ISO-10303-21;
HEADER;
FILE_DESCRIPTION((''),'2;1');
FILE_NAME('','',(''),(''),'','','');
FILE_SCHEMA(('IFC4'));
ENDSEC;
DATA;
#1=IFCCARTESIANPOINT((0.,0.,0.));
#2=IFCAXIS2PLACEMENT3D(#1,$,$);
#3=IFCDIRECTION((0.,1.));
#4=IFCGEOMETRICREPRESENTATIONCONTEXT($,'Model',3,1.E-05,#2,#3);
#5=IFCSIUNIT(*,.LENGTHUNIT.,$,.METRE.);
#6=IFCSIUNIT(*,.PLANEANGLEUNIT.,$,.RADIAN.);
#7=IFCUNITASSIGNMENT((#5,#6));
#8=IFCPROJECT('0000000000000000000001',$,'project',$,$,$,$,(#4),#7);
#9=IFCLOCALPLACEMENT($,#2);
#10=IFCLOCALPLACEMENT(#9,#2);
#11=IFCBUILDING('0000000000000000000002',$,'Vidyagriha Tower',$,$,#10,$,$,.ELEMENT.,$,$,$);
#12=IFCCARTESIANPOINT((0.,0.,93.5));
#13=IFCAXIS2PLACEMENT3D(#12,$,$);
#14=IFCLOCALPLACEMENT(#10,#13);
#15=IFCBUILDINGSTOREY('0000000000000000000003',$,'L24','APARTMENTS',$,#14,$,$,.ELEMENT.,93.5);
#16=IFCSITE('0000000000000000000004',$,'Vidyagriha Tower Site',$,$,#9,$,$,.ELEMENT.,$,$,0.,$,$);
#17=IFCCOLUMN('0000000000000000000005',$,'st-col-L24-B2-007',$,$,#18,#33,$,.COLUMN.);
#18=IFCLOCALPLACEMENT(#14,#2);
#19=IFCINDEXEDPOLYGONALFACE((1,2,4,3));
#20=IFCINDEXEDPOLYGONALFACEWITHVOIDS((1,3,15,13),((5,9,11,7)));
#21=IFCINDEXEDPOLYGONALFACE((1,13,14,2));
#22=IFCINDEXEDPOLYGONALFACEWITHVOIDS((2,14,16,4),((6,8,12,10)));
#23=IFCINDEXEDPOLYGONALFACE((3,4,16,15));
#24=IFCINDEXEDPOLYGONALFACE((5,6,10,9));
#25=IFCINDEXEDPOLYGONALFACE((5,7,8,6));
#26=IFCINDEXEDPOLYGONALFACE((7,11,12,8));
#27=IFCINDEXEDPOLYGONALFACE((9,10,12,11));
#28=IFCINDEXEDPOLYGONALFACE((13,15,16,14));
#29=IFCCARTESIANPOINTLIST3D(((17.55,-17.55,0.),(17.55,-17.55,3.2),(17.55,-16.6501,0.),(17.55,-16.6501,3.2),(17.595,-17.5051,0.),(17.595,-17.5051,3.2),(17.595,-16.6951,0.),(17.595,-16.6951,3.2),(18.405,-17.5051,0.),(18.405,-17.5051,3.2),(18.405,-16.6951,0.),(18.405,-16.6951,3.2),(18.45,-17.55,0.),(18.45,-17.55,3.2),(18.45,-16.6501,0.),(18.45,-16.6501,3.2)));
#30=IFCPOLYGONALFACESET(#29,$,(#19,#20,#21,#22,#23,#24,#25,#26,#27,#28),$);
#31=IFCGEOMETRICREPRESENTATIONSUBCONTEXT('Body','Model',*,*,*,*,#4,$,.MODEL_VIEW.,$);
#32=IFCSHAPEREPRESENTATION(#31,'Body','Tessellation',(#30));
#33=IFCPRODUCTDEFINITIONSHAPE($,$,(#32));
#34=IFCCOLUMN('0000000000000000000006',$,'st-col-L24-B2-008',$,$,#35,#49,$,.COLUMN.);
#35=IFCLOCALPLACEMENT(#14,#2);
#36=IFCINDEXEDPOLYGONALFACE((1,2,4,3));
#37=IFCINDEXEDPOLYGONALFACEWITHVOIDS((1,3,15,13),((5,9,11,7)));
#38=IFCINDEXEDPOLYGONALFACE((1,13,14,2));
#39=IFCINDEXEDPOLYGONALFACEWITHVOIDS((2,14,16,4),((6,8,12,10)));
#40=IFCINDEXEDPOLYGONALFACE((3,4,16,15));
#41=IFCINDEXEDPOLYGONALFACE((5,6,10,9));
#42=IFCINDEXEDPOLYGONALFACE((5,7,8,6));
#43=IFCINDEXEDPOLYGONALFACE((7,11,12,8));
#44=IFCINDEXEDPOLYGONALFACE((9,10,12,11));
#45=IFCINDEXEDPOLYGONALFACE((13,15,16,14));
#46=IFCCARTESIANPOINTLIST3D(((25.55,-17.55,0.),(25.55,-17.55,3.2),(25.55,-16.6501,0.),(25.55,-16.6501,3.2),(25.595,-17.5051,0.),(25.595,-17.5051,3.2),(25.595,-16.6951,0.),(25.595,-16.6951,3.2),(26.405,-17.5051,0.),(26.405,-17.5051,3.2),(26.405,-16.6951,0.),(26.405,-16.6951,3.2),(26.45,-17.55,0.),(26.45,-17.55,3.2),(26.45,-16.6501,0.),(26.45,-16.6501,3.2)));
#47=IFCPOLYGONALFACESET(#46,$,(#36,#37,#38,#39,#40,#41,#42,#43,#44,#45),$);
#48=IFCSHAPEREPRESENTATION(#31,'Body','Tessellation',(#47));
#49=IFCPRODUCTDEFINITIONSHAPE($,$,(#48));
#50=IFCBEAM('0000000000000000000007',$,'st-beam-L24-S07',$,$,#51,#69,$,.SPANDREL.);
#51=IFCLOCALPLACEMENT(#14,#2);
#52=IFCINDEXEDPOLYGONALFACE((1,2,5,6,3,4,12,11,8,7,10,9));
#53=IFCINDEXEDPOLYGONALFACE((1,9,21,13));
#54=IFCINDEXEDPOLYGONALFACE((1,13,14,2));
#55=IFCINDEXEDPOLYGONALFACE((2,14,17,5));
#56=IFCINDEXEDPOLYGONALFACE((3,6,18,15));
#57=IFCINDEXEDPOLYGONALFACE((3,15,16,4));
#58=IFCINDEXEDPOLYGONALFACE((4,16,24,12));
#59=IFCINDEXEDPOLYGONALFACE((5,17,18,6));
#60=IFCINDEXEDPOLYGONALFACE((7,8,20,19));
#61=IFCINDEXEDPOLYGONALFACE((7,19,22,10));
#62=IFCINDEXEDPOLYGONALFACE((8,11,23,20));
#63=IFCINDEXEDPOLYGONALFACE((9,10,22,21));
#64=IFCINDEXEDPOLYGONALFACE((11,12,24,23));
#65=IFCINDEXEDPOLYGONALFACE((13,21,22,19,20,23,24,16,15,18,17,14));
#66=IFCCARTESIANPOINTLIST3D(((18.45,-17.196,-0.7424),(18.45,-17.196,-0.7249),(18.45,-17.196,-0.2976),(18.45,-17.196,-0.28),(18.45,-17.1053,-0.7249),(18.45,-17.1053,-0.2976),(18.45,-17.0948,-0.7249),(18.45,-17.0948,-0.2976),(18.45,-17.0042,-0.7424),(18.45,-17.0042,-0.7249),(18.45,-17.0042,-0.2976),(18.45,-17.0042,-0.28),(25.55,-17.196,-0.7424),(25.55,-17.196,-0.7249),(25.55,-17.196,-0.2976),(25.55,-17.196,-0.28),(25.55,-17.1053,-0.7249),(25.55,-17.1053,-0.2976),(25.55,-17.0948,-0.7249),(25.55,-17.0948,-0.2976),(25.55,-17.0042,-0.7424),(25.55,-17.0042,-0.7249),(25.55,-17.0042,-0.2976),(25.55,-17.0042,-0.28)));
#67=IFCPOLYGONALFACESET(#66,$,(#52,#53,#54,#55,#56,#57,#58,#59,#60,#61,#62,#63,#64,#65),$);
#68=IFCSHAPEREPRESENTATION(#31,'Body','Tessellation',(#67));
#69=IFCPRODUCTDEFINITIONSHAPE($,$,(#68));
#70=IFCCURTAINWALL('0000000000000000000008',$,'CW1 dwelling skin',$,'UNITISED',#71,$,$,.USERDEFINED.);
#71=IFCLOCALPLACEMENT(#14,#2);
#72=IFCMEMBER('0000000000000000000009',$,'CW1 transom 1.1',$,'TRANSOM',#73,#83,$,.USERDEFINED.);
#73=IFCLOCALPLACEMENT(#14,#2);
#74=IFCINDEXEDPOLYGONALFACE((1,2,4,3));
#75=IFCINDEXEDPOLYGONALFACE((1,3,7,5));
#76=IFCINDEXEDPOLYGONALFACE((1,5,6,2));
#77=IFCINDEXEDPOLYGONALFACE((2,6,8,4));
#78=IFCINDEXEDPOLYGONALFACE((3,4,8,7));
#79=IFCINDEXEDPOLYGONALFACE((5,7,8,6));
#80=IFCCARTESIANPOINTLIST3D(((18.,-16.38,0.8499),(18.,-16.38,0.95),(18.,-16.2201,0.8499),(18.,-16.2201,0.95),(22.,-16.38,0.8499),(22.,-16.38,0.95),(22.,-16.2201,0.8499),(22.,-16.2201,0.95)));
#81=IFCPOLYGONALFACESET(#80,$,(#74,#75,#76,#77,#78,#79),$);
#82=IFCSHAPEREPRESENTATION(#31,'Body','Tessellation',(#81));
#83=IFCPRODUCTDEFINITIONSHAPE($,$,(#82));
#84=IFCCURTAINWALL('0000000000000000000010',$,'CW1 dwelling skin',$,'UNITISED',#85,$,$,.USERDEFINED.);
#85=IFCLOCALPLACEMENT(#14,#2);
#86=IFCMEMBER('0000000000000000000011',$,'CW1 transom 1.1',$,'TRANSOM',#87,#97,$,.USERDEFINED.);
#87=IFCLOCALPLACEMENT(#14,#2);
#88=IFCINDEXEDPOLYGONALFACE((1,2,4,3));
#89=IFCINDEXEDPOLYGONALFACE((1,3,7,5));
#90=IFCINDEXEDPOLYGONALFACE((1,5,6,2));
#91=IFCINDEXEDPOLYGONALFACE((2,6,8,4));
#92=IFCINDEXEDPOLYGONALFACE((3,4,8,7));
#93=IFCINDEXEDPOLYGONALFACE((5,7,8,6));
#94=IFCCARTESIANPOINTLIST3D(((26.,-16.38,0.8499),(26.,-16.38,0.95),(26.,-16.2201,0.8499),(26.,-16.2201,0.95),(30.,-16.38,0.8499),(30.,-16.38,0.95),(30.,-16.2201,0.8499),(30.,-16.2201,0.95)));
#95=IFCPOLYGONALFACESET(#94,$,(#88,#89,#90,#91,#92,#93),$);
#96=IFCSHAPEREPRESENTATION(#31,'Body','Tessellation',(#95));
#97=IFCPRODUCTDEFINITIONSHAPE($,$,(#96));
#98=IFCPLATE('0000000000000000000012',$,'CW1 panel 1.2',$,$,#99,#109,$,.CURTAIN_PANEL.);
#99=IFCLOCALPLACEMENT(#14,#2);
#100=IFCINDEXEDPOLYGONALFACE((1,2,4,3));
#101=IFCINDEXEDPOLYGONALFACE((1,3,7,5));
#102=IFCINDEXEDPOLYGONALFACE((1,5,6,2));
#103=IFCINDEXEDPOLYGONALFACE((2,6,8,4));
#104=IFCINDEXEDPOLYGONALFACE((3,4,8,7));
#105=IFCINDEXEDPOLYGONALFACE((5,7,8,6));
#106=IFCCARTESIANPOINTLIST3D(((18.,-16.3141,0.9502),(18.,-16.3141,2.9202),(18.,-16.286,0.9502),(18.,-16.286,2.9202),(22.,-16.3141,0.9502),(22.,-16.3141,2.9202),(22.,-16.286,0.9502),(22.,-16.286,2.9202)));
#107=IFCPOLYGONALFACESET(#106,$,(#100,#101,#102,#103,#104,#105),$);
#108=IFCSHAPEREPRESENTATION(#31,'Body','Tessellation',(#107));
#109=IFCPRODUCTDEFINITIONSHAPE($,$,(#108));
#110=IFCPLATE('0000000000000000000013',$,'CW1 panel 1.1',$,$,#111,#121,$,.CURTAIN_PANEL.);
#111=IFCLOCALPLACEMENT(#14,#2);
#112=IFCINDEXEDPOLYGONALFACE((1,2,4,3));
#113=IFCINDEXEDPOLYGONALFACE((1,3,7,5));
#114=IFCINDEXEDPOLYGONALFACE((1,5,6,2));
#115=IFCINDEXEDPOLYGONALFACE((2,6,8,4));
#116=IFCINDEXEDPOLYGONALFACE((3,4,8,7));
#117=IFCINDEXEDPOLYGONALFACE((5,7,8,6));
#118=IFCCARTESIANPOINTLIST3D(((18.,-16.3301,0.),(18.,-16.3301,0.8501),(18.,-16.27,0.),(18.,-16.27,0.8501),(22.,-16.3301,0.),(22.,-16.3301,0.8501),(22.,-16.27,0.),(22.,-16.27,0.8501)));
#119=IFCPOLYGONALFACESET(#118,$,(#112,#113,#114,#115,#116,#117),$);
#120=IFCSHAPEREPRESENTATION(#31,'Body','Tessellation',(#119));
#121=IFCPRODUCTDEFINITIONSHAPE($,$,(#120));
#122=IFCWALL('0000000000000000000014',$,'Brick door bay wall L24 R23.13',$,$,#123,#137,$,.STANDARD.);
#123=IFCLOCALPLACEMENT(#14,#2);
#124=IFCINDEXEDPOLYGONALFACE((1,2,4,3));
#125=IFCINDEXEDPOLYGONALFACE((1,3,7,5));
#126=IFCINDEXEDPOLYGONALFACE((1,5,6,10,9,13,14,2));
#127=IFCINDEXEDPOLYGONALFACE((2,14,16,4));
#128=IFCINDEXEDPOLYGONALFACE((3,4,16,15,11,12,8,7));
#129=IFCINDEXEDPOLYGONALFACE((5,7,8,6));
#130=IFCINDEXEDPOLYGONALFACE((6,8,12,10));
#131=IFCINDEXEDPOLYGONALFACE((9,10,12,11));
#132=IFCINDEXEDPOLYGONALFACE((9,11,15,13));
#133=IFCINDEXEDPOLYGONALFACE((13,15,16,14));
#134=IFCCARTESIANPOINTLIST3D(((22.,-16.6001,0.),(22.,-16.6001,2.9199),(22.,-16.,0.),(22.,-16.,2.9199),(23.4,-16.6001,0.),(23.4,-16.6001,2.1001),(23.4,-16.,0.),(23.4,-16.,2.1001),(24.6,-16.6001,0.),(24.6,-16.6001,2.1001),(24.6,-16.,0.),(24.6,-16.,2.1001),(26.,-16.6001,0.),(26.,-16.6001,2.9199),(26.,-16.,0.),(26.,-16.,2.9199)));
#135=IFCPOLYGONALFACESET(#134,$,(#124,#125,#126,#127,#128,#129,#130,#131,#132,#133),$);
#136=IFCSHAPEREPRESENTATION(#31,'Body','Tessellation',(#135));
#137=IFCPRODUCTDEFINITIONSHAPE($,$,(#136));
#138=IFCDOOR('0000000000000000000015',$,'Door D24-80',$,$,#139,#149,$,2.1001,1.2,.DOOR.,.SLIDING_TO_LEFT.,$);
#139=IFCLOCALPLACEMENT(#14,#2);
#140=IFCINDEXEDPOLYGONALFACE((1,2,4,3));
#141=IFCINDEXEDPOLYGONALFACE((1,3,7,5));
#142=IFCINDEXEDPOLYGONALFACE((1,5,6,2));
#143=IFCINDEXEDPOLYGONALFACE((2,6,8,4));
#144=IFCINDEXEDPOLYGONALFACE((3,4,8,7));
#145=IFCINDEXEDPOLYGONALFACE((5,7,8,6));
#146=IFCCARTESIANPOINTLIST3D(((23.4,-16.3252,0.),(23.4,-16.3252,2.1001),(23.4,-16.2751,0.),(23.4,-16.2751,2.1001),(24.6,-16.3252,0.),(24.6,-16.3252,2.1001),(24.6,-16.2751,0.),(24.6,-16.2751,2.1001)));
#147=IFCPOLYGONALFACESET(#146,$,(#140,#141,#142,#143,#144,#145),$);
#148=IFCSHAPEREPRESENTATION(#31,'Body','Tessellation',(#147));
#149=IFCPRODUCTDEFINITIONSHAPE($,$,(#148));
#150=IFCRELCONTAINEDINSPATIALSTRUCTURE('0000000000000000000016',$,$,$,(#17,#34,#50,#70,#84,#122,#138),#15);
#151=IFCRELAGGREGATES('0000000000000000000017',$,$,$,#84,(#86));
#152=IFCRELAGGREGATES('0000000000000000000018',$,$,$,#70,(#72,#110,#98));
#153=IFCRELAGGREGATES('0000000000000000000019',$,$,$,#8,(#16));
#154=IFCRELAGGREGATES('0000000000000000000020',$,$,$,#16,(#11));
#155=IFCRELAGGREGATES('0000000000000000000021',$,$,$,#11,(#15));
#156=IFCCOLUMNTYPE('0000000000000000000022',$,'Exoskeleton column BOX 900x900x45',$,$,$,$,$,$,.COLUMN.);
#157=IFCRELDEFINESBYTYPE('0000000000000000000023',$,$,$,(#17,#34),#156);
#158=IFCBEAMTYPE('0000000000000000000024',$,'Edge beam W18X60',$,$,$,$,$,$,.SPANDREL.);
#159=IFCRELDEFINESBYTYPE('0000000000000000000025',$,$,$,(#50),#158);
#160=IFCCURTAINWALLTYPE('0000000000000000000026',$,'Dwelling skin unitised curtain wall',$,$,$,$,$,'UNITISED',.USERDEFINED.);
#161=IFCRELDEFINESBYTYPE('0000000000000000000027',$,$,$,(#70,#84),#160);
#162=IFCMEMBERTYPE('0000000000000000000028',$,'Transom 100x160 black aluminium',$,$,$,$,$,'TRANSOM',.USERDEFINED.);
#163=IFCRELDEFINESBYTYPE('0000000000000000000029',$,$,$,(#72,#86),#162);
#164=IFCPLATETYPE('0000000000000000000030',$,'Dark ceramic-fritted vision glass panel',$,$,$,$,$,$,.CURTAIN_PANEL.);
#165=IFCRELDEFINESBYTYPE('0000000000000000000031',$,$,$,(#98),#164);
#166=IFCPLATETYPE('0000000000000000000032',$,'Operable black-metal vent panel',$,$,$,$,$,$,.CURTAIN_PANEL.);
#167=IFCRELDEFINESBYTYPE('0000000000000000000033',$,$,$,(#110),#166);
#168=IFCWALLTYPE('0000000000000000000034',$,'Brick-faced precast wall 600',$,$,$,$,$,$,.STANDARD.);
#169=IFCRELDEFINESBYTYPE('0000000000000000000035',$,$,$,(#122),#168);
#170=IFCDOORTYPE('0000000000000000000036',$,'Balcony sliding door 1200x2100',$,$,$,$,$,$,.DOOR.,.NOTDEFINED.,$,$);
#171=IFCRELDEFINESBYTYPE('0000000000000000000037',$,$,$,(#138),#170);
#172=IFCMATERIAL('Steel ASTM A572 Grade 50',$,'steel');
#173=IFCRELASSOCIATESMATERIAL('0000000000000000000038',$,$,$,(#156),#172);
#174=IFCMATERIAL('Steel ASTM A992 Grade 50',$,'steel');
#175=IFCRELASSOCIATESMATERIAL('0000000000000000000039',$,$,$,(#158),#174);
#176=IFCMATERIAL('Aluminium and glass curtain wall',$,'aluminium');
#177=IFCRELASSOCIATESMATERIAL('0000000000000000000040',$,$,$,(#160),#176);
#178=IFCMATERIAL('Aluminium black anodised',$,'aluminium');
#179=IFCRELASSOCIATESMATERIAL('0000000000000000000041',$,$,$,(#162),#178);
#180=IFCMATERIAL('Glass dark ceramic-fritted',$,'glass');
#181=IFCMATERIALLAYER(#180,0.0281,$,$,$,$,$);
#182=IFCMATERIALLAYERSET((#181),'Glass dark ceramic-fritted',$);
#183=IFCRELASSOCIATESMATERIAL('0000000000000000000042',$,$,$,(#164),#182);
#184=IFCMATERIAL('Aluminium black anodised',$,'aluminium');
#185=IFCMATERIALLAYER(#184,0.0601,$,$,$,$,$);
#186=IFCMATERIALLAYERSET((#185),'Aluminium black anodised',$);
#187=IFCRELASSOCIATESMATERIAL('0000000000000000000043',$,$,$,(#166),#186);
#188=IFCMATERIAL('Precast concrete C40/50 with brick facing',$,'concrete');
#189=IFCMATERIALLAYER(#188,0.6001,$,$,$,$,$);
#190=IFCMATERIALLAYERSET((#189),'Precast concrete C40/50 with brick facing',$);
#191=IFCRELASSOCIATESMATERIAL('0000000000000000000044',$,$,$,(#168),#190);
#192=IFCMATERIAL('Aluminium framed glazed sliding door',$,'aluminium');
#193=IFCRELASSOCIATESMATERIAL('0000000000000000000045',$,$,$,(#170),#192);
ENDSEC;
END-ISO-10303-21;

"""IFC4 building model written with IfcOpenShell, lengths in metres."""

from ifc_helpers import new_model, si_unit, direction, frame, frame_2d, origin, origin_2d, place, context, subcontext, project, spatial, rectangle, hollow_rectangle, i_section, extrude, material, layer, layer_set, material_profile, profile_set, type_object, element, fill, aggregate, save


model = new_model("IFC4")

# Units and contexts
model_context = context("Model", 3, precision=1e-05, world=origin(), true_north=direction((0.0, 1.0)))
body_context = subcontext(model_context, "Body", "Model", "MODEL_VIEW")
ifc_project = project(units=[si_unit("LENGTHUNIT", "METRE"), si_unit("PLANEANGLEUNIT", "RADIAN")], contexts=[model_context])

# Site, building, storey
site_placement = place(None, origin())
site = spatial("IfcSite", under=ifc_project, at=site_placement, Name="Vidyagriha Tower Site", CompositionType="ELEMENT", RefElevation=0.0)
building_placement = place(site_placement, origin())
building = spatial("IfcBuilding", under=site, at=building_placement, Name="Vidyagriha Tower", CompositionType="ELEMENT")
storey_placement = place(building_placement, frame((0.0, 0.0, 93.5)))
storey = spatial("IfcBuildingStorey", under=building, at=storey_placement, Name="L24", Description="APARTMENTS", CompositionType="ELEMENT", Elevation=93.5)

# Columns
ifc_material_1 = material(Name="Steel ASTM A572 Grade 50", Category="steel")
ifc_material_profile_1 = material_profile(ifc_material_1, hollow_rectangle(XDim=0.8999, YDim=0.8999, WallThickness=0.0449, at=origin_2d()), Name="BOX 900x900x45")
ifc_profile_set_1 = profile_set([ifc_material_profile_1], Name="Steel ASTM A572 Grade 50")
column_type = type_object("IfcColumnType", Name="Exoskeleton column BOX 900x900x45", PredefinedType="COLUMN", material=ifc_profile_set_1)
for number, where, name in (
    (1, (18.0, -17.1001, 0.0), "st-col-L24-B2-007"),
    (2, (26.0, -17.1001, 0.0), "st-col-L24-B2-008"),
):
    element("IfcColumn", number, at=place(storey_placement, frame(where)), inside=storey, type_object=column_type, Name=name, PredefinedType="COLUMN", context=body_context, shape_type="SweptSolid", body=[
        extrude(hollow_rectangle(XDim=0.8999, YDim=0.8999, WallThickness=0.0449, at=origin_2d()), origin(), (0.0, 0.0, 1.0), 3.2),
    ])

# Beam
ifc_material_2 = material(Name="Steel ASTM A992 Grade 50", Category="steel")
ifc_material_profile_2 = material_profile(ifc_material_2, i_section(OverallWidth=0.1919, OverallDepth=0.4624, WebThickness=0.0105, FlangeThickness=0.0176, at=origin_2d()), Name="W18X60")
ifc_profile_set_2 = profile_set([ifc_material_profile_2], Name="Steel ASTM A992 Grade 50")
beam_type = type_object("IfcBeamType", Name="Edge beam W18X60", PredefinedType="SPANDREL", material=ifc_profile_set_2)
beam_placement = place(storey_placement, frame((18.45, -17.1001, -0.5112), z_axis=(1.0, 0.0, 0.0), x_axis=(0.0, 1.0, 0.0)))
element("IfcBeam", 3, at=beam_placement, inside=storey, type_object=beam_type, Name="st-beam-L24-S07", PredefinedType="SPANDREL", context=body_context, shape_type="SweptSolid", body=[
    extrude(i_section(OverallWidth=0.1919, OverallDepth=0.4624, WebThickness=0.0105, FlangeThickness=0.0176, at=origin_2d()), origin(), (0.0, 0.0, 1.0), 7.1001),
])

# Curtain walls, members
ifc_material_3 = material(Name="Aluminium and glass curtain wall", Category="aluminium")
curtain_wall_type = type_object("IfcCurtainWallType", Name="Dwelling skin unitised curtain wall", ElementType="UNITISED", PredefinedType="USERDEFINED", material=ifc_material_3)
curtain_wall_1_placement = place(storey_placement, origin())
curtain_wall_1 = element("IfcCurtainWall", 4, at=curtain_wall_1_placement, inside=storey, type_object=curtain_wall_type, Name="CW1 dwelling skin", ObjectType="UNITISED", PredefinedType="USERDEFINED")
ifc_material_4 = material(Name="Aluminium black anodised", Category="aluminium")
ifc_material_profile_3 = material_profile(ifc_material_4, rectangle(XDim=0.1599, YDim=0.1001, at=origin_2d()), Name="Transom 100x160 black aluminium")
ifc_profile_set_3 = profile_set([ifc_material_profile_3], Name="Aluminium black anodised")
member_type = type_object("IfcMemberType", Name="Transom 100x160 black aluminium", ElementType="TRANSOM", PredefinedType="USERDEFINED", material=ifc_profile_set_3)
member_1_placement = place(storey_placement, frame((18.0, -16.3, 0.8999), z_axis=(1.0, 0.0, 0.0), x_axis=(0.0, 1.0, 0.0)))
member_1 = element("IfcMember", 5, at=member_1_placement, type_object=member_type, Name="CW1 transom 1.1", ObjectType="TRANSOM", PredefinedType="USERDEFINED", context=body_context, shape_type="SweptSolid", body=[
    extrude(rectangle(XDim=0.1599, YDim=0.1001, at=origin_2d()), origin(), (0.0, 0.0, 1.0), 4.0),
])
curtain_wall_2_placement = place(storey_placement, origin())
curtain_wall_2 = element("IfcCurtainWall", 6, at=curtain_wall_2_placement, inside=storey, type_object=curtain_wall_type, Name="CW1 dwelling skin", ObjectType="UNITISED", PredefinedType="USERDEFINED")
member_2_placement = place(storey_placement, frame((26.0, -16.3, 0.8999), z_axis=(1.0, 0.0, 0.0), x_axis=(0.0, 1.0, 0.0)))
member_2 = element("IfcMember", 7, at=member_2_placement, type_object=member_type, Name="CW1 transom 1.1", ObjectType="TRANSOM", PredefinedType="USERDEFINED", context=body_context, shape_type="SweptSolid", body=[
    extrude(rectangle(XDim=0.1599, YDim=0.1001, at=origin_2d()), origin(), (0.0, 0.0, 1.0), 4.0),
])
aggregate(curtain_wall_2, [member_2])

# Plates
ifc_material_5 = material(Name="Glass dark ceramic-fritted", Category="glass")
ifc_layer_1 = layer(ifc_material_5, 0.0281)
ifc_layer_set_1 = layer_set([ifc_layer_1], Name="Glass dark ceramic-fritted")
plate_type_1 = type_object("IfcPlateType", Name="Dark ceramic-fritted vision glass panel", PredefinedType="CURTAIN_PANEL", material=ifc_layer_set_1)
plate_1_placement = place(storey_placement, frame((20.0, -16.3, 0.9502)))
plate_1 = element("IfcPlate", 8, at=plate_1_placement, type_object=plate_type_1, Name="CW1 panel 1.2", PredefinedType="CURTAIN_PANEL", context=body_context, shape_type="SweptSolid", body=[
    extrude(rectangle(XDim=4.0, YDim=0.0281, at=origin_2d()), origin(), (0.0, 0.0, 1.0), 1.97),
])
ifc_material_6 = material(Name="Aluminium black anodised", Category="aluminium")
ifc_layer_2 = layer(ifc_material_6, 0.0601)
ifc_layer_set_2 = layer_set([ifc_layer_2], Name="Aluminium black anodised")
plate_type_2 = type_object("IfcPlateType", Name="Operable black-metal vent panel", PredefinedType="CURTAIN_PANEL", material=ifc_layer_set_2)
plate_2_placement = place(storey_placement, frame((20.0, -16.3, 0.0)))
plate_2 = element("IfcPlate", 9, at=plate_2_placement, type_object=plate_type_2, Name="CW1 panel 1.1", PredefinedType="CURTAIN_PANEL", context=body_context, shape_type="SweptSolid", body=[
    extrude(rectangle(XDim=4.0, YDim=0.0601, at=origin_2d()), origin(), (0.0, 0.0, 1.0), 0.8501),
])
aggregate(curtain_wall_1, [member_1, plate_2, plate_1])

# Wall, opening, door
ifc_material_7 = material(Name="Precast concrete C40/50 with brick facing", Category="concrete")
ifc_layer_3 = layer(ifc_material_7, 0.6001)
ifc_layer_set_3 = layer_set([ifc_layer_3], Name="Precast concrete C40/50 with brick facing")
wall_type = type_object("IfcWallType", Name="Brick-faced precast wall 600", PredefinedType="STANDARD", material=ifc_layer_set_3)
wall_placement = place(storey_placement, frame((22.0, -16.3, 0.0)))
wall = element("IfcWall", 10, at=wall_placement, inside=storey, type_object=wall_type, Name="Brick door bay wall L24 R23.13", PredefinedType="STANDARD", context=body_context, shape_type="SweptSolid", body=[
    extrude(rectangle(XDim=4.0, YDim=0.6001, at=frame_2d((2.0, 0.0))), origin(), (0.0, 0.0, 1.0), 2.9199),
])
opening_placement = place(wall_placement, frame((1.3999, 0.0, 0.0)))
opening = element("IfcOpeningElement", 11, at=opening_placement, cuts=wall, PredefinedType="OPENING", context=body_context, shape_type="SweptSolid", body=[
    extrude(rectangle(XDim=1.2, YDim=2.1001, at=frame_2d((0.6001, 1.05))), frame((0.0, 0.3101, 0.0), z_axis=(0.0, -1.0, 0.0), x_axis=(1.0, 0.0, 0.0)), (0.0, 0.0, 1.0), 0.6201),
])
ifc_material_8 = material(Name="Aluminium framed glazed sliding door", Category="aluminium")
door_type = type_object("IfcDoorType", Name="Balcony sliding door 1200x2100", OperationType="NOTDEFINED", PredefinedType="DOOR", material=ifc_material_8)
door_placement = place(opening_placement, origin())
door = element("IfcDoor", 12, at=door_placement, inside=storey, type_object=door_type, Name="Door D24-80", OperationType="SLIDING_TO_LEFT", OverallHeight=2.1001, OverallWidth=1.2, PredefinedType="DOOR", context=body_context, shape_type="SweptSolid", body=[
    extrude(rectangle(XDim=1.2, YDim=2.1001, at=frame_2d((0.6001, 1.05))), frame((0.0, 0.0249, 0.0), z_axis=(0.0, -1.0, 0.0), x_axis=(1.0, 0.0, 0.0)), (0.0, 0.0, 1.0), 0.05),
])
fill(opening, door)

save(model, "model.ifc")
